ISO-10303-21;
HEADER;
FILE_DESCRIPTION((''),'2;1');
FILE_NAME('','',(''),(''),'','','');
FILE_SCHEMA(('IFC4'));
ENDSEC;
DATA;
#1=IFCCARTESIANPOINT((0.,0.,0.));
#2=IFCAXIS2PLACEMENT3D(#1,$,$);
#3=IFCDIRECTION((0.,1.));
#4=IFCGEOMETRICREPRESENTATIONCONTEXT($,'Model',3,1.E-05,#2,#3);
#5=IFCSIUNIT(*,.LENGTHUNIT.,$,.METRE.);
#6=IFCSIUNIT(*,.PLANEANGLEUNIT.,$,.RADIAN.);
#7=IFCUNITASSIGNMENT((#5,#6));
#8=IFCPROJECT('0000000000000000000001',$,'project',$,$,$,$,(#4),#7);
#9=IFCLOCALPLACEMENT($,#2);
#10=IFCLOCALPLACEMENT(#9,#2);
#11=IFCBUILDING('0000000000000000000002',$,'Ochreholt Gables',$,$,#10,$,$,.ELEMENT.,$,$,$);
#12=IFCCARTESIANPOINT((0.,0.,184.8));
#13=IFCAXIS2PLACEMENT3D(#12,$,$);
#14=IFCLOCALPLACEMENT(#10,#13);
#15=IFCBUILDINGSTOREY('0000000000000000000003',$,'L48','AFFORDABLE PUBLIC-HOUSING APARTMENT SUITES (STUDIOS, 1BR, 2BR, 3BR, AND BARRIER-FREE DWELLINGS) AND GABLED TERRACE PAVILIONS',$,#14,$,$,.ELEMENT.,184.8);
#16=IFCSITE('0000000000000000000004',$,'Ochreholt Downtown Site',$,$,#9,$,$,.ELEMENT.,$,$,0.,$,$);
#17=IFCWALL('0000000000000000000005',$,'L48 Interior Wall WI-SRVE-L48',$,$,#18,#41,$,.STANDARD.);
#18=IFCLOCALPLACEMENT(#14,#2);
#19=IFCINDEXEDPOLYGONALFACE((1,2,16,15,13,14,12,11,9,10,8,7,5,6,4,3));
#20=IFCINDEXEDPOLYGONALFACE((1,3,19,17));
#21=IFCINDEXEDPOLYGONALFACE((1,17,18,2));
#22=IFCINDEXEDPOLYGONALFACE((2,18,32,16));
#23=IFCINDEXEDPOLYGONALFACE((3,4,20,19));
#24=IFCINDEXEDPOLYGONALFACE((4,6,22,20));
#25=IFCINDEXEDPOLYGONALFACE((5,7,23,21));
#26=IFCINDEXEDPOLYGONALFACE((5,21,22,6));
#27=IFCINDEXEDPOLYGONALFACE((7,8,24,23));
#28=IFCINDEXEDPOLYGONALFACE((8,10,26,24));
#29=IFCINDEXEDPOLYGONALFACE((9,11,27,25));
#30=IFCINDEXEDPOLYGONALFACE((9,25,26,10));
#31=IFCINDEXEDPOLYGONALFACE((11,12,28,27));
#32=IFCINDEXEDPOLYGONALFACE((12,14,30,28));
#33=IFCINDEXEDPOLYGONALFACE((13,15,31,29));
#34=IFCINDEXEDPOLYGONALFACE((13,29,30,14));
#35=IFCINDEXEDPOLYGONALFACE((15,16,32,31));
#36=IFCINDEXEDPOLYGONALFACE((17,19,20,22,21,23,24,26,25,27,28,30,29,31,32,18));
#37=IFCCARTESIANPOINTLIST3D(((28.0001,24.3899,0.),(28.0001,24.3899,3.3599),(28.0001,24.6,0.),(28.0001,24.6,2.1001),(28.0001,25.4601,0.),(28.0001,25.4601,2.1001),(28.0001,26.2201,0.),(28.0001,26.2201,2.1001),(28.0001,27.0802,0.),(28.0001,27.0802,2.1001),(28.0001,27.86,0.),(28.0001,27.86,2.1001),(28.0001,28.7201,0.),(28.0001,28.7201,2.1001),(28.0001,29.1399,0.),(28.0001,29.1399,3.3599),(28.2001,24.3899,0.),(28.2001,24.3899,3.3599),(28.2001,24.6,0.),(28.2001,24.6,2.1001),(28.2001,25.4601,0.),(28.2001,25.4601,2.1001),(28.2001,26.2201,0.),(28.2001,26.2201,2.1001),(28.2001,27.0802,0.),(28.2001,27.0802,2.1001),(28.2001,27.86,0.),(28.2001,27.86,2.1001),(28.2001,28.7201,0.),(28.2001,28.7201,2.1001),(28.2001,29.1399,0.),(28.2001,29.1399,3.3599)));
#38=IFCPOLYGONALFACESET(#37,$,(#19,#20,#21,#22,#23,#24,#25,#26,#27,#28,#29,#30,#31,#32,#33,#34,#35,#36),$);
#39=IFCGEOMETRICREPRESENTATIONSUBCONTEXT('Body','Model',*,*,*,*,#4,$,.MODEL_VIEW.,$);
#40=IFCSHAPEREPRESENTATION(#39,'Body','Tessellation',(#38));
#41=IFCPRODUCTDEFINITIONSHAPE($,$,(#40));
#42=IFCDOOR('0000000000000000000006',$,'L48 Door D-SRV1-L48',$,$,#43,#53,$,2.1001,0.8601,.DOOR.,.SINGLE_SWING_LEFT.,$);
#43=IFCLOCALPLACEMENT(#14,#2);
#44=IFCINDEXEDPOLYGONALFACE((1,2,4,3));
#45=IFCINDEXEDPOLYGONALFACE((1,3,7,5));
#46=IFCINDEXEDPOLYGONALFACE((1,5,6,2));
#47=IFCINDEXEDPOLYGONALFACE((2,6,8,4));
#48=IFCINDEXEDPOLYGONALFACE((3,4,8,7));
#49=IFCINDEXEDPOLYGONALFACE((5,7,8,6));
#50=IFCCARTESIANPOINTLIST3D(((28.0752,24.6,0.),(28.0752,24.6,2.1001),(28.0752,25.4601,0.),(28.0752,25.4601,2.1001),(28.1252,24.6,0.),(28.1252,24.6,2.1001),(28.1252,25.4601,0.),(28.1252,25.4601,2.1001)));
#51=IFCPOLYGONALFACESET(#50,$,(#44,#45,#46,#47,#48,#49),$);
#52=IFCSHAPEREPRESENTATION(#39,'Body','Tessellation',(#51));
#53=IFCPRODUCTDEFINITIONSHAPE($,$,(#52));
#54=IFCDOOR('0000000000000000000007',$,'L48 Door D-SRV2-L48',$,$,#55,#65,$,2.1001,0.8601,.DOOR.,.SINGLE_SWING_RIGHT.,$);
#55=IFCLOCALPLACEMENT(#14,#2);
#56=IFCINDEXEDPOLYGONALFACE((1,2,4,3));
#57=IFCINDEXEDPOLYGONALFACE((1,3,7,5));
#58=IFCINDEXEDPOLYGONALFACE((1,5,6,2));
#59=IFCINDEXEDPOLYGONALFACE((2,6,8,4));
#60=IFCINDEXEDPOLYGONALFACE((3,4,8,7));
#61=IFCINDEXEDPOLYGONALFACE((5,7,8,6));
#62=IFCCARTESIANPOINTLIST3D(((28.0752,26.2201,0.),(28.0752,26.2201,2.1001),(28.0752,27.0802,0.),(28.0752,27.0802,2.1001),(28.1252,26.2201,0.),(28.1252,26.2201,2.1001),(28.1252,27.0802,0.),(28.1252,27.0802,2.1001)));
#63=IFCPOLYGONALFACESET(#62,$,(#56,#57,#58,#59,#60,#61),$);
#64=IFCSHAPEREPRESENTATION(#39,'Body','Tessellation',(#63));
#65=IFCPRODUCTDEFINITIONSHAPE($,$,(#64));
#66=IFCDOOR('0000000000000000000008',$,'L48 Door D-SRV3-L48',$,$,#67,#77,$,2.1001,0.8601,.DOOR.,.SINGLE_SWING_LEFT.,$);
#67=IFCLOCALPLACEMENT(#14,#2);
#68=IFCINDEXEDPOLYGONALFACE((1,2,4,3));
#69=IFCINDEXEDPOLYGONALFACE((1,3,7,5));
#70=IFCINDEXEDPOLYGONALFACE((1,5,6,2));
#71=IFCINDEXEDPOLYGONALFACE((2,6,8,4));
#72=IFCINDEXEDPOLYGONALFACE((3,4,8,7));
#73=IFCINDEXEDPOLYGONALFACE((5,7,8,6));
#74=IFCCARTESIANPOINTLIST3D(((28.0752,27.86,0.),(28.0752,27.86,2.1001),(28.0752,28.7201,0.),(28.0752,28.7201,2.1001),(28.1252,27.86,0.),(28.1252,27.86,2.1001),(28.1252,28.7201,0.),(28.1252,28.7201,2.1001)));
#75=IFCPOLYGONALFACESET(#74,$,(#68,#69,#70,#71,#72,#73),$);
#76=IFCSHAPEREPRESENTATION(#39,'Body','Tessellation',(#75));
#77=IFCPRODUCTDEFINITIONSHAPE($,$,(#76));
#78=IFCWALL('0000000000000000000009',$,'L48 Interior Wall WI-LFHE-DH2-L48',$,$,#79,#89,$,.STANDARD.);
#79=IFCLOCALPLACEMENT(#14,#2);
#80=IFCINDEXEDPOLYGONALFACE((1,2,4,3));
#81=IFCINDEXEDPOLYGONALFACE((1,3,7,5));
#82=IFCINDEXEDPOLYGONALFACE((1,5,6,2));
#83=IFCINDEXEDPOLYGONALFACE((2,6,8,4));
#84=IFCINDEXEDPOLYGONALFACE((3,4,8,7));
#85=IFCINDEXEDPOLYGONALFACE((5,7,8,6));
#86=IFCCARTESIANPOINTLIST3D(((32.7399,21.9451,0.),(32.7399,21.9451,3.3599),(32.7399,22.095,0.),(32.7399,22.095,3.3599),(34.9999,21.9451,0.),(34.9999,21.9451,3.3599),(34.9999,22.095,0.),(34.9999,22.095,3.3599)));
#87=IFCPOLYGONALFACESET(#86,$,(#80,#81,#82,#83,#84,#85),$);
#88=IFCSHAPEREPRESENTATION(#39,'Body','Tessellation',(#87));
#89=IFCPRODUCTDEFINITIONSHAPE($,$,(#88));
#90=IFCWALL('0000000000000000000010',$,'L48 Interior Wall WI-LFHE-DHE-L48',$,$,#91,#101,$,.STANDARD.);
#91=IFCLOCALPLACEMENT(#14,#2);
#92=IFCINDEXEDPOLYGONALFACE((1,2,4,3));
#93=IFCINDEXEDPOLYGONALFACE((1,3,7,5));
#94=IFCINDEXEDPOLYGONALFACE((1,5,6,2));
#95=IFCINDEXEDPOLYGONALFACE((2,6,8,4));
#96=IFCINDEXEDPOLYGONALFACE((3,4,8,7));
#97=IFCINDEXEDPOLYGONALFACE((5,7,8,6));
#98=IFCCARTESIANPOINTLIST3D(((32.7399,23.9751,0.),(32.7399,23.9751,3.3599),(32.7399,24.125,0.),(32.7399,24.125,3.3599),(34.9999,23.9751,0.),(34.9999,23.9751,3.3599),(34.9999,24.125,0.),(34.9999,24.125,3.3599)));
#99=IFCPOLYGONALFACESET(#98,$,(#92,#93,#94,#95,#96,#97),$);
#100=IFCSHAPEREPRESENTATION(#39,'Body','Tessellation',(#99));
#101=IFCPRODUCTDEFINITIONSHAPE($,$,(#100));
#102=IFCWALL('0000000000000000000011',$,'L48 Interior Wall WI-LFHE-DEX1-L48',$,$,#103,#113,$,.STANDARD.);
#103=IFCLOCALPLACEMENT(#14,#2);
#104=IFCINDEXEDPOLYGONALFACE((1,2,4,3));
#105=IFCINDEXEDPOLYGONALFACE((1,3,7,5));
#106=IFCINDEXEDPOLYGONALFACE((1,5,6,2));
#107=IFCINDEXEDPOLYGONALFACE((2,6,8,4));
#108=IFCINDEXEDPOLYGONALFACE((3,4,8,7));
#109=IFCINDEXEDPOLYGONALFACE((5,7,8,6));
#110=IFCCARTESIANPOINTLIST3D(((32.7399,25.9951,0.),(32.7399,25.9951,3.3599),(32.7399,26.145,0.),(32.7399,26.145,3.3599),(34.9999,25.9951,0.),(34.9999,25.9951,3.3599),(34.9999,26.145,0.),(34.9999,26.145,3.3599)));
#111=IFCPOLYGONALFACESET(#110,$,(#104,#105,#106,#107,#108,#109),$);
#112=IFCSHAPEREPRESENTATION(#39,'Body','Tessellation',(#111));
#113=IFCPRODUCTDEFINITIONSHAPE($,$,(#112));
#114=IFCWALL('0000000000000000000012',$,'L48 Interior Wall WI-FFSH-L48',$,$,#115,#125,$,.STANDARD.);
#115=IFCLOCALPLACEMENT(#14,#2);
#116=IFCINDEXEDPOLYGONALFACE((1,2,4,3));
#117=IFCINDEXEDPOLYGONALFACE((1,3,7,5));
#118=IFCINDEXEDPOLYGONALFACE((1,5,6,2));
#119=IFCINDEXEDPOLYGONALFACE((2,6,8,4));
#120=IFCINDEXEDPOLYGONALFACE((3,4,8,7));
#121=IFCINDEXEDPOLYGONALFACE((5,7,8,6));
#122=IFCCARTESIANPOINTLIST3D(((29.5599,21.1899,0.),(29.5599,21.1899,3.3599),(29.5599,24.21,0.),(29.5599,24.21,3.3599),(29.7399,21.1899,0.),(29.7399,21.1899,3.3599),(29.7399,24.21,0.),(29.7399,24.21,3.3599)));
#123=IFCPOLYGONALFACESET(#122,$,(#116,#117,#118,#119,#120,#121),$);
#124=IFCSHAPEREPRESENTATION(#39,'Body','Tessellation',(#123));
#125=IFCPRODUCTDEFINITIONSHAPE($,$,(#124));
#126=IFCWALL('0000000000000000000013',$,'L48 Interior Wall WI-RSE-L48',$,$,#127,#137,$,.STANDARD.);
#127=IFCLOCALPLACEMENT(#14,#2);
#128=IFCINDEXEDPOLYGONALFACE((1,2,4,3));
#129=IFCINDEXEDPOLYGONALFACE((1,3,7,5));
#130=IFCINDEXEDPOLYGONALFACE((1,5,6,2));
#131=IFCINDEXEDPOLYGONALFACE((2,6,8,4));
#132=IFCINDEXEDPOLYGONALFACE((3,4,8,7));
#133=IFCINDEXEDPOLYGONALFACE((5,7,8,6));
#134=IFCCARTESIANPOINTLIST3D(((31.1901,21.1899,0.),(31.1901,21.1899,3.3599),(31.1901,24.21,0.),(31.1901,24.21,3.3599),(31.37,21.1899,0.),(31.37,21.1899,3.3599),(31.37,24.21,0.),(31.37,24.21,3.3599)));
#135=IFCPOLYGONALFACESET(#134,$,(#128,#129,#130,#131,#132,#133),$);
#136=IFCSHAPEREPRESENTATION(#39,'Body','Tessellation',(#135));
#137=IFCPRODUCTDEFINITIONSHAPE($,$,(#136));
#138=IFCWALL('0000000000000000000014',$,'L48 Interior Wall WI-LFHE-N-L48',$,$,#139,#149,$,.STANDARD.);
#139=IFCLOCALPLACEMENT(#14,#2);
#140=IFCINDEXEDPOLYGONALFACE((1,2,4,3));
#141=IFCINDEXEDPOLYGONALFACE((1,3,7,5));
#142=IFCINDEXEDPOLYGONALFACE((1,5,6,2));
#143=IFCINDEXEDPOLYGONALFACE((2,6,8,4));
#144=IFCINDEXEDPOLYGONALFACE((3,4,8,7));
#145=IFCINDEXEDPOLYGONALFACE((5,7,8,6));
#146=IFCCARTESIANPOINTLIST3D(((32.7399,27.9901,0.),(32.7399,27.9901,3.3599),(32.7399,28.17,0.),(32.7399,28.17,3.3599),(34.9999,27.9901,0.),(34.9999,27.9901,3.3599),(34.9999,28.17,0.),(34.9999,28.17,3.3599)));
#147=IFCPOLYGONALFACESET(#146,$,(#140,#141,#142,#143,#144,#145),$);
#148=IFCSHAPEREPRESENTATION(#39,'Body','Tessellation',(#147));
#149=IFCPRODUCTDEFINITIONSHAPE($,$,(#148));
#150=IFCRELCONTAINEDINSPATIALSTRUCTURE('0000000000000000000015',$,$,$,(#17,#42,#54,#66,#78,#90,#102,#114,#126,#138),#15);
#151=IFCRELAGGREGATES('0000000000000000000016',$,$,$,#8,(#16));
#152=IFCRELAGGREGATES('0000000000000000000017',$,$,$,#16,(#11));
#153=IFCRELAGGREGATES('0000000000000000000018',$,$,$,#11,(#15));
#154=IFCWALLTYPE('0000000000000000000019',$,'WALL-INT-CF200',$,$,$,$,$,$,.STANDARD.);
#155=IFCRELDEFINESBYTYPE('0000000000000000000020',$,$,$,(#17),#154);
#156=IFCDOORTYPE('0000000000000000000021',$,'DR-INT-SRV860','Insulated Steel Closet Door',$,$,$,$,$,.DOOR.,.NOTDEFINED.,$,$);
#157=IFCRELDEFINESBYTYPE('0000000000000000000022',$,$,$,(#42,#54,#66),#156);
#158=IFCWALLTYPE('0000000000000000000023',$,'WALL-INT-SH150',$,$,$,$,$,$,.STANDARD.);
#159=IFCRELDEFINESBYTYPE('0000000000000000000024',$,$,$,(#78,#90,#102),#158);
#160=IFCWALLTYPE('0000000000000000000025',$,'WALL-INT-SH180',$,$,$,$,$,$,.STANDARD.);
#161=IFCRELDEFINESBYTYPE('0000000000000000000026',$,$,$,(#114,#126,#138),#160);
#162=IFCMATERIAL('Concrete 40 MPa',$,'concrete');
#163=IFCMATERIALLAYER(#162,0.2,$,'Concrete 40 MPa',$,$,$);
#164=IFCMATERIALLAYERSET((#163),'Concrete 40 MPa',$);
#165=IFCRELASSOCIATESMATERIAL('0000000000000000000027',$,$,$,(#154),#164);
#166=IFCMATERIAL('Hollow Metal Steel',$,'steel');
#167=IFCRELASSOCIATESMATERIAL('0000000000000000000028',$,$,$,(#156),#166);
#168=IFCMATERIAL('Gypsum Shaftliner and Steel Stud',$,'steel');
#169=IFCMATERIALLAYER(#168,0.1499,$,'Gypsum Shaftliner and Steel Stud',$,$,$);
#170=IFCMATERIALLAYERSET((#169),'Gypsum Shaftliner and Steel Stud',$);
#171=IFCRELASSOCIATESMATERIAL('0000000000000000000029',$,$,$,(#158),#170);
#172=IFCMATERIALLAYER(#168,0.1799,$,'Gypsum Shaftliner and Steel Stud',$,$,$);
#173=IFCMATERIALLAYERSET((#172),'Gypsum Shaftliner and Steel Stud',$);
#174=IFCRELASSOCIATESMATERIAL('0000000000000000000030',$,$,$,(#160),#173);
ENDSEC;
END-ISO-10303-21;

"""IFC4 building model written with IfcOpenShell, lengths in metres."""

from ifc_helpers import new_model, si_unit, direction, frame, frame_2d, origin, place, context, subcontext, project, spatial, rectangle, extrude, material, layer, layer_set, type_object, element, fill, save


model = new_model("IFC4")

# Units and contexts
model_context = context("Model", 3, precision=1e-05, world=origin(), true_north=direction((0.0, 1.0)))
body_context = subcontext(model_context, "Body", "Model", "MODEL_VIEW")
ifc_project = project(units=[si_unit("LENGTHUNIT", "METRE"), si_unit("PLANEANGLEUNIT", "RADIAN")], contexts=[model_context])

# Site, building, storey
site_placement = place(None, origin())
site = spatial("IfcSite", under=ifc_project, at=site_placement, Name="Ochreholt Downtown Site", CompositionType="ELEMENT", RefElevation=0.0)
building_placement = place(site_placement, origin())
building = spatial("IfcBuilding", under=site, at=building_placement, Name="Ochreholt Gables", CompositionType="ELEMENT")
storey_placement = place(building_placement, frame((0.0, 0.0, 184.8)))
storey = spatial("IfcBuildingStorey", under=building, at=storey_placement, Name="L48", Description="AFFORDABLE PUBLIC-HOUSING APARTMENT SUITES (STUDIOS, 1BR, 2BR, 3BR, AND BARRIER-FREE DWELLINGS) AND GABLED TERRACE PAVILIONS", CompositionType="ELEMENT", Elevation=184.8)

# Wall, openings, doors
ifc_material_1 = material(Name="Concrete 40 MPa", Category="concrete")
ifc_layer_1 = layer(ifc_material_1, 0.2, Name="Concrete 40 MPa")
ifc_layer_set_1 = layer_set([ifc_layer_1], Name="Concrete 40 MPa")
wall_type_1 = type_object("IfcWallType", Name="WALL-INT-CF200", PredefinedType="STANDARD", material=ifc_layer_set_1)
wall_1_placement = place(storey_placement, frame((28.1001, 24.3899, 0.0), z_axis=(0.0, 0.0, 1.0), x_axis=(0.0, 1.0, 0.0)))
wall_1 = element("IfcWall", 1, at=wall_1_placement, inside=storey, type_object=wall_type_1, Name="L48 Interior Wall WI-SRVE-L48", PredefinedType="STANDARD", context=body_context, shape_type="SweptSolid", body=[
    extrude(rectangle(XDim=4.75, YDim=0.2, at=frame_2d((2.375, 0.0))), origin(), (0.0, 0.0, 1.0), 3.3599),
])
opening_1_placement = place(wall_1_placement, frame((0.21, 0.0, 0.0)))
opening_1 = element("IfcOpeningElement", 2, at=opening_1_placement, cuts=wall_1, PredefinedType="OPENING", context=body_context, shape_type="SweptSolid", body=[
    extrude(rectangle(XDim=0.8601, YDim=2.1001, at=frame_2d((0.4302, 1.05))), frame((0.0, 0.1099, 0.0), z_axis=(0.0, -1.0, 0.0), x_axis=(1.0, 0.0, 0.0)), (0.0, 0.0, 1.0), 0.22),
])
opening_2_placement = place(wall_1_placement, frame((1.8301, 0.0, 0.0)))
opening_2 = element("IfcOpeningElement", 3, at=opening_2_placement, cuts=wall_1, PredefinedType="OPENING", context=body_context, shape_type="SweptSolid", body=[
    extrude(rectangle(XDim=0.8601, YDim=2.1001, at=frame_2d((0.4302, 1.05))), frame((0.0, 0.1099, 0.0), z_axis=(0.0, -1.0, 0.0), x_axis=(1.0, 0.0, 0.0)), (0.0, 0.0, 1.0), 0.22),
])
opening_3_placement = place(wall_1_placement, frame((3.47, 0.0, 0.0)))
opening_3 = element("IfcOpeningElement", 4, at=opening_3_placement, cuts=wall_1, PredefinedType="OPENING", context=body_context, shape_type="SweptSolid", body=[
    extrude(rectangle(XDim=0.8601, YDim=2.1001, at=frame_2d((0.4302, 1.05))), frame((0.0, 0.1099, 0.0), z_axis=(0.0, -1.0, 0.0), x_axis=(1.0, 0.0, 0.0)), (0.0, 0.0, 1.0), 0.22),
])
ifc_material_2 = material(Name="Hollow Metal Steel", Category="steel")
door_type_1 = type_object("IfcDoorType", Name="DR-INT-SRV860", Description="Insulated Steel Closet Door", OperationType="NOTDEFINED", PredefinedType="DOOR", material=ifc_material_2)
door_1_placement = place(opening_1_placement, origin())
door_1 = element("IfcDoor", 5, at=door_1_placement, inside=storey, type_object=door_type_1, Name="L48 Door D-SRV1-L48", OperationType="SINGLE_SWING_LEFT", OverallHeight=2.1001, OverallWidth=0.8601, PredefinedType="DOOR", context=body_context, shape_type="SweptSolid", body=[
    extrude(rectangle(XDim=0.8601, YDim=2.1001, at=frame_2d((0.4302, 1.05))), frame((0.0, 0.0249, 0.0), z_axis=(0.0, -1.0, 0.0), x_axis=(1.0, 0.0, 0.0)), (0.0, 0.0, 1.0), 0.05),
])
fill(opening_1, door_1)
door_2_placement = place(opening_2_placement, origin())
door_2 = element("IfcDoor", 6, at=door_2_placement, inside=storey, type_object=door_type_1, Name="L48 Door D-SRV2-L48", OperationType="SINGLE_SWING_RIGHT", OverallHeight=2.1001, OverallWidth=0.8601, PredefinedType="DOOR", context=body_context, shape_type="SweptSolid", body=[
    extrude(rectangle(XDim=0.8601, YDim=2.1001, at=frame_2d((0.4302, 1.05))), frame((0.0, 0.0249, 0.0), z_axis=(0.0, -1.0, 0.0), x_axis=(1.0, 0.0, 0.0)), (0.0, 0.0, 1.0), 0.05),
])
fill(opening_2, door_2)
door_3_placement = place(opening_3_placement, origin())
door_3 = element("IfcDoor", 7, at=door_3_placement, inside=storey, type_object=door_type_1, Name="L48 Door D-SRV3-L48", OperationType="SINGLE_SWING_LEFT", OverallHeight=2.1001, OverallWidth=0.8601, PredefinedType="DOOR", context=body_context, shape_type="SweptSolid", body=[
    extrude(rectangle(XDim=0.8601, YDim=2.1001, at=frame_2d((0.4302, 1.05))), frame((0.0, 0.0249, 0.0), z_axis=(0.0, -1.0, 0.0), x_axis=(1.0, 0.0, 0.0)), (0.0, 0.0, 1.0), 0.05),
])
fill(opening_3, door_3)

# Walls
ifc_material_3 = material(Name="Gypsum Shaftliner and Steel Stud", Category="steel")
ifc_layer_2 = layer(ifc_material_3, 0.1499, Name="Gypsum Shaftliner and Steel Stud")
ifc_layer_set_2 = layer_set([ifc_layer_2], Name="Gypsum Shaftliner and Steel Stud")
wall_type_2 = type_object("IfcWallType", Name="WALL-INT-SH150", PredefinedType="STANDARD", material=ifc_layer_set_2)
for number, where, z_axis, x_axis, name in (
    (8, (32.74, 22.02, 0.0), (0.0, 0.0, 1.0), (1.0, 0.0, 0.0), "L48 Interior Wall WI-LFHE-DH2-L48"),
    (9, (32.74, 24.05, 0.0), (0.0, 0.0, 1.0), (1.0, 0.0, 0.0), "L48 Interior Wall WI-LFHE-DHE-L48"),
    (10, (32.74, 26.0701, 0.0), (0.0, 0.0, 1.0), (1.0, 0.0, 0.0), "L48 Interior Wall WI-LFHE-DEX1-L48"),
):
    element("IfcWall", number, at=place(storey_placement, frame(where, z_axis=z_axis, x_axis=x_axis)), inside=storey, type_object=wall_type_2, Name=name, PredefinedType="STANDARD", context=body_context, shape_type="SweptSolid", body=[
        extrude(rectangle(XDim=2.26, YDim=0.1499, at=frame_2d((1.1299, 0.0))), origin(), (0.0, 0.0, 1.0), 3.3599),
    ])
ifc_layer_3 = layer(ifc_material_3, 0.1799, Name="Gypsum Shaftliner and Steel Stud")
ifc_layer_set_3 = layer_set([ifc_layer_3], Name="Gypsum Shaftliner and Steel Stud")
wall_type_3 = type_object("IfcWallType", Name="WALL-INT-SH180", PredefinedType="STANDARD", material=ifc_layer_set_3)
for number, where, z_axis, x_axis, name in (
    (11, (29.6499, 21.1899, 0.0), (0.0, 0.0, 1.0), (0.0, 1.0, 0.0), "L48 Interior Wall WI-FFSH-L48"),
    (12, (31.28, 21.1899, 0.0), (0.0, 0.0, 1.0), (0.0, 1.0, 0.0), "L48 Interior Wall WI-RSE-L48"),
):
    element("IfcWall", number, at=place(storey_placement, frame(where, z_axis=z_axis, x_axis=x_axis)), inside=storey, type_object=wall_type_3, Name=name, PredefinedType="STANDARD", context=body_context, shape_type="SweptSolid", body=[
        extrude(rectangle(XDim=3.02, YDim=0.1799, at=frame_2d((1.51, 0.0))), origin(), (0.0, 0.0, 1.0), 3.3599),
    ])
wall_2_placement = place(storey_placement, frame((32.74, 28.0801, 0.0), z_axis=(0.0, 0.0, 1.0), x_axis=(1.0, 0.0, 0.0)))
element("IfcWall", 13, at=wall_2_placement, inside=storey, type_object=wall_type_3, Name="L48 Interior Wall WI-LFHE-N-L48", PredefinedType="STANDARD", context=body_context, shape_type="SweptSolid", body=[
    extrude(rectangle(XDim=2.26, YDim=0.1799, at=frame_2d((1.1299, 0.0))), origin(), (0.0, 0.0, 1.0), 3.3599),
])

save(model, "model.ifc")
